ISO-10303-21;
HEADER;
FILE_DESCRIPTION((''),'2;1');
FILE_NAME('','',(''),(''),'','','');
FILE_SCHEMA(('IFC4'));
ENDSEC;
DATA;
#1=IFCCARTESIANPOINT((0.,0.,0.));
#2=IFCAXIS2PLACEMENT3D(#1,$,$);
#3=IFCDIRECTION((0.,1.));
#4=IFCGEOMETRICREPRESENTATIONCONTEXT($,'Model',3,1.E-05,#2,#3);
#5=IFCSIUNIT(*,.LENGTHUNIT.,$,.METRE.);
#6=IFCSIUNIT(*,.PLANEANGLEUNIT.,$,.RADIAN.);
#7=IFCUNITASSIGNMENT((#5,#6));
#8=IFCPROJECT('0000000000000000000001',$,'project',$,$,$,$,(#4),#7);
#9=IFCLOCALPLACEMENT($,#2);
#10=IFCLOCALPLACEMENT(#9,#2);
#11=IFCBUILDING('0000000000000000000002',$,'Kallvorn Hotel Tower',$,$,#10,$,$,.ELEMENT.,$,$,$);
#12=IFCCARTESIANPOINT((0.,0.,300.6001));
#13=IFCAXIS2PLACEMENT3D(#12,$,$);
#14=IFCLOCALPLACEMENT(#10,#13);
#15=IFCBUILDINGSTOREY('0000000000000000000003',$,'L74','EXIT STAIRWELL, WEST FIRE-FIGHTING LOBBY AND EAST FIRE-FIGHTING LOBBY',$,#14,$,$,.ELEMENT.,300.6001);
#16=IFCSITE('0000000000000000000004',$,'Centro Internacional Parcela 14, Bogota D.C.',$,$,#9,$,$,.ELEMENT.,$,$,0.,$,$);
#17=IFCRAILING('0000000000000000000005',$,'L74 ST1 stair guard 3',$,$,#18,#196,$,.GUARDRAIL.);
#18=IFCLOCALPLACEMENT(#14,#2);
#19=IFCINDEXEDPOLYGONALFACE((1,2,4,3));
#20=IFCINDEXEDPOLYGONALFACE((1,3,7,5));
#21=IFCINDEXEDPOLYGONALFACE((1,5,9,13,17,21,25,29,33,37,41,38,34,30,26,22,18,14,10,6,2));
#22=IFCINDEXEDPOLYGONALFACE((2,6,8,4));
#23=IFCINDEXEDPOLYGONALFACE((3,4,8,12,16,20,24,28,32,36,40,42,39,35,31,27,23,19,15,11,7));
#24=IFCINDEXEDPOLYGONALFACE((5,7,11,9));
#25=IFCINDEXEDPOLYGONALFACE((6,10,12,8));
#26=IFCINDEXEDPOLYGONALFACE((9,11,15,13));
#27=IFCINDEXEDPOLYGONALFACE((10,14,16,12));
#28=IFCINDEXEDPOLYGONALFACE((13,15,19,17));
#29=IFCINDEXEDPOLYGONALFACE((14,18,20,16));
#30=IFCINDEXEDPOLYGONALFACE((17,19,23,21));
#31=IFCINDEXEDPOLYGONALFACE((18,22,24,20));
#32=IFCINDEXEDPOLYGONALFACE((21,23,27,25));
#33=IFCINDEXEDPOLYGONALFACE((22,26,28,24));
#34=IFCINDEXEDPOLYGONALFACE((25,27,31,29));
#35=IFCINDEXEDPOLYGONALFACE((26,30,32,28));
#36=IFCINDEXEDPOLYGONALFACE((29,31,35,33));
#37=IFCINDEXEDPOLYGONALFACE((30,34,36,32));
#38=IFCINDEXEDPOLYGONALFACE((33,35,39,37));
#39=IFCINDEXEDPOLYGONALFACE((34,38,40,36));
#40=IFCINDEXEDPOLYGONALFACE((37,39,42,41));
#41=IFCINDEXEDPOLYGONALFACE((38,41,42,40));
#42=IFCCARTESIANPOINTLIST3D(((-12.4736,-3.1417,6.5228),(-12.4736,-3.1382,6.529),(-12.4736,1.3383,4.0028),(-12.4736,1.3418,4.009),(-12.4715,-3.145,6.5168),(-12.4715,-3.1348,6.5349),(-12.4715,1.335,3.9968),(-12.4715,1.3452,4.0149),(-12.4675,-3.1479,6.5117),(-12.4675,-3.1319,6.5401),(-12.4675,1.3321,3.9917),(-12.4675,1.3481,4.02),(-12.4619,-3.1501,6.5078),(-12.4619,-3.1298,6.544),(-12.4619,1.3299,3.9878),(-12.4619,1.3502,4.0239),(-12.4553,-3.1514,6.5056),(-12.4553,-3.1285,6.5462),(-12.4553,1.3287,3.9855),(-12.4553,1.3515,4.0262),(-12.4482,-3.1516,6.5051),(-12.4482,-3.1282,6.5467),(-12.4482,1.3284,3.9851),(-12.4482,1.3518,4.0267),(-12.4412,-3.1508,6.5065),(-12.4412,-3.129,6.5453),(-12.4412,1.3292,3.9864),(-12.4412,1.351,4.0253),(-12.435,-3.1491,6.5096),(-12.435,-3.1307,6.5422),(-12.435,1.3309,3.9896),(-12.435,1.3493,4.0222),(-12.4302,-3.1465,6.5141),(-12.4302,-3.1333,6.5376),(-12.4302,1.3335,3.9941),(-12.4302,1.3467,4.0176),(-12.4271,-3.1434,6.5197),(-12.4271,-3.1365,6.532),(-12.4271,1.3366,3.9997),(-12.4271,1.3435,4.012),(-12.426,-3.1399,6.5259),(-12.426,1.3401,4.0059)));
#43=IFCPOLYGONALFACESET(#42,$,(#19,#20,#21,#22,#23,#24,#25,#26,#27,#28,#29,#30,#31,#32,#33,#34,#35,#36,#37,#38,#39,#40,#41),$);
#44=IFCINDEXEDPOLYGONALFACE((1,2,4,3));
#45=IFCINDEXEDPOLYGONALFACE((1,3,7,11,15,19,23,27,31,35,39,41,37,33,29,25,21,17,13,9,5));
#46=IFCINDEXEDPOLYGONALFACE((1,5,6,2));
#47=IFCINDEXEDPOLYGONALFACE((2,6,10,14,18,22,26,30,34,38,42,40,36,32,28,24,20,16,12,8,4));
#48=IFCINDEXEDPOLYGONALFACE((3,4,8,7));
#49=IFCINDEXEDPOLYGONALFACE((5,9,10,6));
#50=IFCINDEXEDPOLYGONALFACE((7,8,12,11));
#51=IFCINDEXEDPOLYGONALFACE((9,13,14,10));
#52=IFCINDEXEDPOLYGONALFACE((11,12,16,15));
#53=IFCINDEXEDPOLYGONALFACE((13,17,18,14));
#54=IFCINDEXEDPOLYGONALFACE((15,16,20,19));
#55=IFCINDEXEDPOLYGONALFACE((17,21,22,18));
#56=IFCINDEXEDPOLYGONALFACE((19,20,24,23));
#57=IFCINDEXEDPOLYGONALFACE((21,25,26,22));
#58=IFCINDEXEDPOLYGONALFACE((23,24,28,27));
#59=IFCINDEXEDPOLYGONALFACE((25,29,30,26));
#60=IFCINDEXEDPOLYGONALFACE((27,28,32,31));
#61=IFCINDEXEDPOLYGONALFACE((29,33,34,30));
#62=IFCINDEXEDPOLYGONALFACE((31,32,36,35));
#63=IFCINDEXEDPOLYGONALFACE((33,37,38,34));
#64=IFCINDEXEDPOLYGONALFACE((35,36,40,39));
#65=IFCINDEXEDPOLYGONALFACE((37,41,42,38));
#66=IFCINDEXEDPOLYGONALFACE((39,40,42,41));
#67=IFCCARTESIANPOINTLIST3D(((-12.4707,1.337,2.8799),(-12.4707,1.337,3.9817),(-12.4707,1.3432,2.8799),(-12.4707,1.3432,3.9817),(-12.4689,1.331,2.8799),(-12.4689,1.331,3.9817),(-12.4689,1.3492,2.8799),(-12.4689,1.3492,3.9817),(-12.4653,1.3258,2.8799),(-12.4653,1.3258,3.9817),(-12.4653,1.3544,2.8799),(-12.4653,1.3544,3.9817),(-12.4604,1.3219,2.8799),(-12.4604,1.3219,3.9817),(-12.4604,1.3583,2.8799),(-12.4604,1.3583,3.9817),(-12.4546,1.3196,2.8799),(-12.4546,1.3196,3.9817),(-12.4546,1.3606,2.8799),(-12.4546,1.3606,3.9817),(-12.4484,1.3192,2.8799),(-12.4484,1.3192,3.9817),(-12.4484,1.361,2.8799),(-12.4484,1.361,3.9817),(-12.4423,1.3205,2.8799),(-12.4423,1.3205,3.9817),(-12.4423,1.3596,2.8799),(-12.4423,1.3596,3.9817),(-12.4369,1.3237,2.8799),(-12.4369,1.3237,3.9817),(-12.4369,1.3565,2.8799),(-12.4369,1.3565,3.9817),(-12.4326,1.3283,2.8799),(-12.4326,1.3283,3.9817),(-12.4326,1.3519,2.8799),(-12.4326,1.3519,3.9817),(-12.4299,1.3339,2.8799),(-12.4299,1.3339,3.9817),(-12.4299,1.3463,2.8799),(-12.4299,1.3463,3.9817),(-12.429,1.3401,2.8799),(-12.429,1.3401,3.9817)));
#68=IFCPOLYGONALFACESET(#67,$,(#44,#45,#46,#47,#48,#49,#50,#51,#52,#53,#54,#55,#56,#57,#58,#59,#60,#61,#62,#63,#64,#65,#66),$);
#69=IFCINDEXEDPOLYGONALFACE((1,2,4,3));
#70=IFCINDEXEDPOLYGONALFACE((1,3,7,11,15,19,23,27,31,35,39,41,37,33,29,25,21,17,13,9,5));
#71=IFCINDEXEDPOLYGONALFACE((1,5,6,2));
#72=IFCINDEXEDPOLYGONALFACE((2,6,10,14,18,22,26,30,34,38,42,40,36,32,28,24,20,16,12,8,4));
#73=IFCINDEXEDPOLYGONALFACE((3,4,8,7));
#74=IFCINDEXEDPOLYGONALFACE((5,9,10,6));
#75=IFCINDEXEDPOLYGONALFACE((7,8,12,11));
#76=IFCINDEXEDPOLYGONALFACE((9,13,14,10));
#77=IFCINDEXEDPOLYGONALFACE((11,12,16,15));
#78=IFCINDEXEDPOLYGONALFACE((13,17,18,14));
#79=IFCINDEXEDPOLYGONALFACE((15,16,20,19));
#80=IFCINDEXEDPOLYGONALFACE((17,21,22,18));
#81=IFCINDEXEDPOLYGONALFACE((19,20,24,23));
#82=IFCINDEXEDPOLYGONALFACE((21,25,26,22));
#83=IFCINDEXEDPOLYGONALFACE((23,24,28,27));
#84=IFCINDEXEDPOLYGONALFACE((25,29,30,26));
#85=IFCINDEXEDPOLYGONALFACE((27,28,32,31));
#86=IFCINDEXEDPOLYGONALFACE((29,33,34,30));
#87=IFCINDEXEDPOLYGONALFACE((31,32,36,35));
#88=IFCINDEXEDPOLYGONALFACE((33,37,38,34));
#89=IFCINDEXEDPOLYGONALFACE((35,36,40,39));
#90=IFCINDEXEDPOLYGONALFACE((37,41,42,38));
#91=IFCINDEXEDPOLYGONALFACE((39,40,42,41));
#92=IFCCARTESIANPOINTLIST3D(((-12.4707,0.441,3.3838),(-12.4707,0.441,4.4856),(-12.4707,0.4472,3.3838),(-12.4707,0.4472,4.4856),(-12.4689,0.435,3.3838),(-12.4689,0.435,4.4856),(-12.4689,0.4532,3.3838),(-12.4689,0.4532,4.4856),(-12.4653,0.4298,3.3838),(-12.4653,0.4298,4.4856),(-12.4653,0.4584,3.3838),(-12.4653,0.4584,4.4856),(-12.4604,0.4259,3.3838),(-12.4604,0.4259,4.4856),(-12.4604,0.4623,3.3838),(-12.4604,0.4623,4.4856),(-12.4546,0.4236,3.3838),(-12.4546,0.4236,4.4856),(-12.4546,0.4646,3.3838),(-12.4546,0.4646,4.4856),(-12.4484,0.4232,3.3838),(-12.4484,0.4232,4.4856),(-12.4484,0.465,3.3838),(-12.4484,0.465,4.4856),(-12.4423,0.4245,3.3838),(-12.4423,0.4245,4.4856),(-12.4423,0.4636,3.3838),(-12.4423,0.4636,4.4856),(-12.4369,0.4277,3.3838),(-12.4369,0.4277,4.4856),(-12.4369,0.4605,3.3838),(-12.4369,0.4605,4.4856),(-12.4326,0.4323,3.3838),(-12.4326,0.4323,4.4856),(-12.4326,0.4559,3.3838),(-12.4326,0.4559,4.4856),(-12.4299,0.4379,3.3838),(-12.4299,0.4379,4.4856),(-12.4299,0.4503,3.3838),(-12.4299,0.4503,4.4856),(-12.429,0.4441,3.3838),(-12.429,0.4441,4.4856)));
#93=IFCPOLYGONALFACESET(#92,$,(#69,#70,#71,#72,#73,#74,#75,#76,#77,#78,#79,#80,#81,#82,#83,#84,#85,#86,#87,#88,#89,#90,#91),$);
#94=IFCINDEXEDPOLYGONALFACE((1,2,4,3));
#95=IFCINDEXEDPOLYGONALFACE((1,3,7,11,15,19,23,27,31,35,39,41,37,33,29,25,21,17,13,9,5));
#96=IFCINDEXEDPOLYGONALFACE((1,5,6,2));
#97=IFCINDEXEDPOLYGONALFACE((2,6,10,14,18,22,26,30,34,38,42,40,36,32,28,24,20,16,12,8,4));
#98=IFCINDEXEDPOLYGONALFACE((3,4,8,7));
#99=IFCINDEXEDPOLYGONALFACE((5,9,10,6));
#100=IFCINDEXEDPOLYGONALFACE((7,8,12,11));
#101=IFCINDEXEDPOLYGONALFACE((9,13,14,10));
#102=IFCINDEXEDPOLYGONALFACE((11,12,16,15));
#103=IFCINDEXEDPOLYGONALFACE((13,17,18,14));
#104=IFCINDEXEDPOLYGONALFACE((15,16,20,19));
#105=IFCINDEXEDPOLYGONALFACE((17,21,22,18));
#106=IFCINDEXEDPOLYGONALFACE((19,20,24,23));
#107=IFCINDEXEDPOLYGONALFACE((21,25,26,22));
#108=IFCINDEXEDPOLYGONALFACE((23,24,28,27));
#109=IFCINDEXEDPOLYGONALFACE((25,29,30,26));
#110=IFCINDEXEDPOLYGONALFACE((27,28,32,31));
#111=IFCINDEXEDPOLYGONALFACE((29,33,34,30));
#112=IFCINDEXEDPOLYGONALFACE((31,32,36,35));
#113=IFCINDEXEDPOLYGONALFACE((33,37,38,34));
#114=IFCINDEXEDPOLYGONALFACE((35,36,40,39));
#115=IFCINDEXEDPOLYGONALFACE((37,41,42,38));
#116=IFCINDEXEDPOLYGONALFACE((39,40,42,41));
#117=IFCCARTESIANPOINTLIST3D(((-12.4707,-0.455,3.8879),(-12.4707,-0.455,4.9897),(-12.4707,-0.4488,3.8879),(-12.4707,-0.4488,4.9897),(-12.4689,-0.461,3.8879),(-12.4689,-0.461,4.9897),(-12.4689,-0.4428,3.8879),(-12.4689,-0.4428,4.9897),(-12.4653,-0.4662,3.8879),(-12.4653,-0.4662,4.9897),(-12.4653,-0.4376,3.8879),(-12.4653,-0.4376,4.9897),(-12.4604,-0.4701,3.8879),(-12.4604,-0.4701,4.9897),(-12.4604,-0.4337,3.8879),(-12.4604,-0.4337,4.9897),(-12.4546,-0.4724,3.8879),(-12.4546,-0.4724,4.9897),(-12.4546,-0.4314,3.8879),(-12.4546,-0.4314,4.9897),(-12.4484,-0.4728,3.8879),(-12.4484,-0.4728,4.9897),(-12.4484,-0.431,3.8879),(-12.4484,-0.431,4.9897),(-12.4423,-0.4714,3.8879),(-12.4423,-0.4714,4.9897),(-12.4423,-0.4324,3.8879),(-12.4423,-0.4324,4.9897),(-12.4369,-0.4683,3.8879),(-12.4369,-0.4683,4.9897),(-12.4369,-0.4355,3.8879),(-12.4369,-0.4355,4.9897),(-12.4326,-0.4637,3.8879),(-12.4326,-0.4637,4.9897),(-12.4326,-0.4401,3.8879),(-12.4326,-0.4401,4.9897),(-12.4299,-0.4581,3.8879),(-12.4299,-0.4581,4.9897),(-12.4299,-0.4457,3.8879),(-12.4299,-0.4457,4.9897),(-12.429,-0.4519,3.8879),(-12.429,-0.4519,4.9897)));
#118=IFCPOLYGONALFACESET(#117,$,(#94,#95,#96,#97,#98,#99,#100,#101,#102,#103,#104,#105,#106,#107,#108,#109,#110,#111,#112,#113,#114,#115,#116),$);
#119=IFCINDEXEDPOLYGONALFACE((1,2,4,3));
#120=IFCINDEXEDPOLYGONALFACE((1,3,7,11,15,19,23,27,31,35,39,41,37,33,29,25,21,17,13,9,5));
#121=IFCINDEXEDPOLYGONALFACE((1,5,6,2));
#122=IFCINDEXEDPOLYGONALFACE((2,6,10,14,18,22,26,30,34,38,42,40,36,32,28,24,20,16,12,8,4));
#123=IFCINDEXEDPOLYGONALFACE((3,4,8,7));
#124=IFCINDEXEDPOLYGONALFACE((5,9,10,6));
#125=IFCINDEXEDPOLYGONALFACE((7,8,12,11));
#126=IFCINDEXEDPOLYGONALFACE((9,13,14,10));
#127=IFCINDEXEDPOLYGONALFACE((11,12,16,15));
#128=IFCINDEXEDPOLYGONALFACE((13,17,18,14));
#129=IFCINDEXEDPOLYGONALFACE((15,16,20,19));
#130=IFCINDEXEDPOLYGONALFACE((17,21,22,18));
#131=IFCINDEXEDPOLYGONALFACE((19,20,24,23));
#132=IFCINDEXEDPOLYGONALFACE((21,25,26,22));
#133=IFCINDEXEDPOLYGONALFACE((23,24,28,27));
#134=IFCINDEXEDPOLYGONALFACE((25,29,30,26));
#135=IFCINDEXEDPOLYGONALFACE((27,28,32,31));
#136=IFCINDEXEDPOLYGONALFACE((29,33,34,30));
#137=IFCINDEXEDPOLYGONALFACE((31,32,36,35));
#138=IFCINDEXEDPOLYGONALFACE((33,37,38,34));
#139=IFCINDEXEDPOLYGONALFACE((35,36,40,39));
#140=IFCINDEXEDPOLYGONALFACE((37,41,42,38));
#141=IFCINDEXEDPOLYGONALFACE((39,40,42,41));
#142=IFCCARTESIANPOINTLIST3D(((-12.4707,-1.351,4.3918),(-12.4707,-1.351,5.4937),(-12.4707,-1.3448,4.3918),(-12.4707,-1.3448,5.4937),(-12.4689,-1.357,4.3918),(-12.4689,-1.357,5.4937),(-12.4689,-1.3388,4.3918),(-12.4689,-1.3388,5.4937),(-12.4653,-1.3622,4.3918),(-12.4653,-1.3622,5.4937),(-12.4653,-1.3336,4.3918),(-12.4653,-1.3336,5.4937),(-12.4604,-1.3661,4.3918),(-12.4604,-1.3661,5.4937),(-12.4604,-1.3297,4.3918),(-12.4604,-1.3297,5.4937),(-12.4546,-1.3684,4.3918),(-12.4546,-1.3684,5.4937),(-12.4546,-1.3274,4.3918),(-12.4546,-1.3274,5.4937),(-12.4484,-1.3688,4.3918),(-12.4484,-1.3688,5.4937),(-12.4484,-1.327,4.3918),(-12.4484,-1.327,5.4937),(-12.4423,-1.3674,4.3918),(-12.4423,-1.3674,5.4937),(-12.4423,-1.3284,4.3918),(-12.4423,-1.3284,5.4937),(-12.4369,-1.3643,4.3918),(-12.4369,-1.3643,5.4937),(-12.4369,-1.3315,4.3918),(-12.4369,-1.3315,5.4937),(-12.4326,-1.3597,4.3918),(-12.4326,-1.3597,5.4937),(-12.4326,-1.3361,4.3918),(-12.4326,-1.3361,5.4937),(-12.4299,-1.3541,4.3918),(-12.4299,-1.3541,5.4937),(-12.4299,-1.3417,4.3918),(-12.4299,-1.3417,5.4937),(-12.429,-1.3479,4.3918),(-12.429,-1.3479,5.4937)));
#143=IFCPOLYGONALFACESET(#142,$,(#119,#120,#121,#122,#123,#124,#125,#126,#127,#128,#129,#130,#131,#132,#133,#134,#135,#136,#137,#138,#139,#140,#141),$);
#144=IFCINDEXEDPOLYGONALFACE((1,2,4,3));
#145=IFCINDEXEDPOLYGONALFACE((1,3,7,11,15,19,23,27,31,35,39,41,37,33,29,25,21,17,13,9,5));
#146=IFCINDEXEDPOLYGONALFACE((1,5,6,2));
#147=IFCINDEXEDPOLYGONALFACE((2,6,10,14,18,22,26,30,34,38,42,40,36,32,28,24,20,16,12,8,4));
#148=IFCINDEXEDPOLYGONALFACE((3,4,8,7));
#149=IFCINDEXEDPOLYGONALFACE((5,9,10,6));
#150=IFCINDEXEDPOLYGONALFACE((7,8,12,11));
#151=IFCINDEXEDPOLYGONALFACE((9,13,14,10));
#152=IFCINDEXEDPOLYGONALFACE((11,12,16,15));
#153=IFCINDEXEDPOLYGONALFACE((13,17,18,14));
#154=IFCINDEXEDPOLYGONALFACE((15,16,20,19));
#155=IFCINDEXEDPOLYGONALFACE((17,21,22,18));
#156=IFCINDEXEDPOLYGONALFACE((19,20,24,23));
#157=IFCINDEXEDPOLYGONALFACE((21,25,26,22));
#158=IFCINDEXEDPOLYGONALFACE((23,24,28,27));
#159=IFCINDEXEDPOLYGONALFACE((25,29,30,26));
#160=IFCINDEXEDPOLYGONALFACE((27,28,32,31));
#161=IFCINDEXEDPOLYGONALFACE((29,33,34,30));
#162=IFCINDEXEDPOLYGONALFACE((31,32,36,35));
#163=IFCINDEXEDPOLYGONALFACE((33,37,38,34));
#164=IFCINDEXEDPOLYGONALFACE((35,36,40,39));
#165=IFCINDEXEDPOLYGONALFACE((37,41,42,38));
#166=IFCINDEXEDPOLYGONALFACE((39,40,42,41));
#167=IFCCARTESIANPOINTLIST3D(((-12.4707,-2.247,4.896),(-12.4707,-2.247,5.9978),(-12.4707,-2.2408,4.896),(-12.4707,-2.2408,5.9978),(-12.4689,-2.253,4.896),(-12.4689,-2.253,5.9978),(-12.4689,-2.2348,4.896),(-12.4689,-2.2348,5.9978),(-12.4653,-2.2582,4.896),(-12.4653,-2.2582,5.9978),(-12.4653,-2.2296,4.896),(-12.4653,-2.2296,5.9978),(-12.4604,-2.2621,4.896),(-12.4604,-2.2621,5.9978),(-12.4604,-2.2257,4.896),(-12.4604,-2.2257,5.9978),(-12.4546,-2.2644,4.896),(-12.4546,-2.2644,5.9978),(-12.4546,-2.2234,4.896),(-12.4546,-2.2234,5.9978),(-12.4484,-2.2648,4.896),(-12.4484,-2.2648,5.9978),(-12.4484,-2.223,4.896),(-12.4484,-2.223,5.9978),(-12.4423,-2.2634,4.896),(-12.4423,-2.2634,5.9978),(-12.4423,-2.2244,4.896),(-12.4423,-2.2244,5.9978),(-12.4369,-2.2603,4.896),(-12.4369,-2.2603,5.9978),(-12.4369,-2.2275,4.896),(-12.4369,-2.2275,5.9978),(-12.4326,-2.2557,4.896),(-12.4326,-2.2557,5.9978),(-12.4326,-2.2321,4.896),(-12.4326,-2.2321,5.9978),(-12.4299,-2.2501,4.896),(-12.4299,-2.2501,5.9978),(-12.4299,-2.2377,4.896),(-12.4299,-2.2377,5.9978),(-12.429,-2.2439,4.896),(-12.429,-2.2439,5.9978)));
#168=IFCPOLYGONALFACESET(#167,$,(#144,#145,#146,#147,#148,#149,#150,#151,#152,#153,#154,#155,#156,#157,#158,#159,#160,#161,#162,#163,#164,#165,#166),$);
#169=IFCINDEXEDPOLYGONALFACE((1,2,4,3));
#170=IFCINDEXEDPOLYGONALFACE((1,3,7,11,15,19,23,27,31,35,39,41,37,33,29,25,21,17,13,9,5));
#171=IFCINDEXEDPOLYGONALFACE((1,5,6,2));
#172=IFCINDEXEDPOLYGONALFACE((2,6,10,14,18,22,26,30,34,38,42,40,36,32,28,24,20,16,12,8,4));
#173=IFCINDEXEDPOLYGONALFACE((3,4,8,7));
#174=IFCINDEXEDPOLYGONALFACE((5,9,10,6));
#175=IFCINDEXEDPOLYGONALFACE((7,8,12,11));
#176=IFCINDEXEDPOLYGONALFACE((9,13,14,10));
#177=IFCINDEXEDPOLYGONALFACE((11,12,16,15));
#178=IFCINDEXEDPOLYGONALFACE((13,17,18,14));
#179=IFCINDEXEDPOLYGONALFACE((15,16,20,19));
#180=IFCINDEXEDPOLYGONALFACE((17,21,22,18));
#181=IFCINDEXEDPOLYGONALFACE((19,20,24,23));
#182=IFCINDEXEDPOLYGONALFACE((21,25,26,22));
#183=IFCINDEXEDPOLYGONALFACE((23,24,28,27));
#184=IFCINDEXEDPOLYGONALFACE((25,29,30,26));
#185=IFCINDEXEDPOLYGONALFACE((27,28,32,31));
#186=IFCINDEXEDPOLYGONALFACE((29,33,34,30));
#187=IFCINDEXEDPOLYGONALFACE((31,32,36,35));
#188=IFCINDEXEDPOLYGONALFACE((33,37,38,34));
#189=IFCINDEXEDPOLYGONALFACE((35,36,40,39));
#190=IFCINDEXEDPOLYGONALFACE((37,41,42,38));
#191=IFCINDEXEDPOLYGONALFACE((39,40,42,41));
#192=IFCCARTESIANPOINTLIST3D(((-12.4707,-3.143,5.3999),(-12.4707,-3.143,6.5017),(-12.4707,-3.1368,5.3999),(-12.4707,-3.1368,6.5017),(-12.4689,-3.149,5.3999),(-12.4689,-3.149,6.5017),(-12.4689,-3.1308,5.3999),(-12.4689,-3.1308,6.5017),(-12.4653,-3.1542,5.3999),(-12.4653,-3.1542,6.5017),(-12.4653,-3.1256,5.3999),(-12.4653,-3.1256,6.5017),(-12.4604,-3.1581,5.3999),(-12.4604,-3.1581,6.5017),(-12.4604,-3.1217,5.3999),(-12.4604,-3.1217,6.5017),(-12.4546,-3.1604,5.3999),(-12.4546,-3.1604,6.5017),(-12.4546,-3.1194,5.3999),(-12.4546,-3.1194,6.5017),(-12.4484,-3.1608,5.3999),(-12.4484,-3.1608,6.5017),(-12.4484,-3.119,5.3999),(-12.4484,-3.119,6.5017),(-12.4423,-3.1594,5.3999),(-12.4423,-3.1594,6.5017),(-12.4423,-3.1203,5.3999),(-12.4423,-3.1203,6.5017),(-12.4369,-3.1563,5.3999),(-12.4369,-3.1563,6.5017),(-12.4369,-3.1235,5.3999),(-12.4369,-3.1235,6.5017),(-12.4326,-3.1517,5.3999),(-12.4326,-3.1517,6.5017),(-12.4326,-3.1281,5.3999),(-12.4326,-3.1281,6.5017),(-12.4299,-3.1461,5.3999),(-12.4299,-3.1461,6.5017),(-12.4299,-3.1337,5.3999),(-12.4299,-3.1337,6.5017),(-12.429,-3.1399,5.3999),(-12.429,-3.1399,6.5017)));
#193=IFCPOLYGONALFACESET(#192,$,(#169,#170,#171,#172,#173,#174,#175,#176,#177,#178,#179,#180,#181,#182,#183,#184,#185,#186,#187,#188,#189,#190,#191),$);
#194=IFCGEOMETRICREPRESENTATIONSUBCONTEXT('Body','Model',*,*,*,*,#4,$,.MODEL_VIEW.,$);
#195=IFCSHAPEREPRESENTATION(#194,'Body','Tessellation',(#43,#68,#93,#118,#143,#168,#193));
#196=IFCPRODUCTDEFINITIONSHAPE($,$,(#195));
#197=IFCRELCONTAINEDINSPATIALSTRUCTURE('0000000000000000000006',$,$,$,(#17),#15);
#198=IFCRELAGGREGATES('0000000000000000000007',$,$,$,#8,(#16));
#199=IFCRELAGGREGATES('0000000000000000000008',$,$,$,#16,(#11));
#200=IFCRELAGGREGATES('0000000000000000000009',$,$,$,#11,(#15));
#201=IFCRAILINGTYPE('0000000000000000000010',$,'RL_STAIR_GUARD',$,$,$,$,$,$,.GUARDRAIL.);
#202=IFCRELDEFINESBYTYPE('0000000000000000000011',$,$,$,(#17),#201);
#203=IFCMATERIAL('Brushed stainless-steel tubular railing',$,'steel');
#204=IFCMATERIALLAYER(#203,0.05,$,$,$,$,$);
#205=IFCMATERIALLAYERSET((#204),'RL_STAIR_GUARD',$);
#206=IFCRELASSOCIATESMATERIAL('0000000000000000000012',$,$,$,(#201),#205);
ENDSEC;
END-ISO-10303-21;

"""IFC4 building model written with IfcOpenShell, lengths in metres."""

from ifc_helpers import new_model, si_unit, direction, frame, origin, origin_2d, place, context, subcontext, project, spatial, circle, extrude, material, layer, layer_set, type_object, element, save


model = new_model("IFC4")

# Units and contexts
model_context = context("Model", 3, precision=1e-05, world=origin(), true_north=direction((0.0, 1.0)))
body_context = subcontext(model_context, "Body", "Model", "MODEL_VIEW")
ifc_project = project(units=[si_unit("LENGTHUNIT", "METRE"), si_unit("PLANEANGLEUNIT", "RADIAN")], contexts=[model_context])

# Site, building, storey
site_placement = place(None, origin())
site = spatial("IfcSite", under=ifc_project, at=site_placement, Name="Centro Internacional Parcela 14, Bogota D.C.", CompositionType="ELEMENT", RefElevation=0.0)
building_placement = place(site_placement, origin())
building = spatial("IfcBuilding", under=site, at=building_placement, Name="Kallvorn Hotel Tower", CompositionType="ELEMENT")
storey_placement = place(building_placement, frame((0.0, 0.0, 300.6001)))
storey = spatial("IfcBuildingStorey", under=building, at=storey_placement, Name="L74", Description="EXIT STAIRWELL, WEST FIRE-FIGHTING LOBBY AND EAST FIRE-FIGHTING LOBBY", CompositionType="ELEMENT", Elevation=300.6001)

# Railing
ifc_material_1 = material(Name="Brushed stainless-steel tubular railing", Category="steel")
ifc_layer_1 = layer(ifc_material_1, 0.05)
ifc_layer_set_1 = layer_set([ifc_layer_1], Name="RL_STAIR_GUARD")
railing_type_1 = type_object("IfcRailingType", Name="RL_STAIR_GUARD", PredefinedType="GUARDRAIL", material=ifc_layer_set_1)
railing_1_placement = place(storey_placement, frame((-12.45, 1.3401, 2.8799)))
element("IfcRailing", 1, at=railing_1_placement, inside=storey, type_object=railing_type_1, Name="L74 ST1 stair guard 3", PredefinedType="GUARDRAIL", context=body_context, shape_type="SweptSolid", body=[
    extrude(circle(Radius=0.0239, at=origin_2d()), frame((0.0, 0.0, 1.126), z_axis=(0.0, -0.871573, 0.490266), x_axis=(1.0, 0.0, 0.0)), (0.0, 0.0, 1.0), 5.1401),
    extrude(circle(Radius=0.021, at=origin_2d()), origin(), (0.0, 0.0, 1.0), 1.1018),
    extrude(circle(Radius=0.021, at=origin_2d()), frame((0.0, -0.896, 0.5039)), (0.0, 0.0, 1.0), 1.1018),
    extrude(circle(Radius=0.021, at=origin_2d()), frame((0.0, -1.792, 1.0081)), (0.0, 0.0, 1.0), 1.1018),
    extrude(circle(Radius=0.021, at=origin_2d()), frame((0.0, -2.688, 1.512)), (0.0, 0.0, 1.0), 1.1018),
    extrude(circle(Radius=0.021, at=origin_2d()), frame((0.0, -3.584, 2.0161)), (0.0, 0.0, 1.0), 1.1018),
    extrude(circle(Radius=0.021, at=origin_2d()), frame((0.0, -4.48, 2.52)), (0.0, 0.0, 1.0), 1.1018),
])

save(model, "model.ifc")
